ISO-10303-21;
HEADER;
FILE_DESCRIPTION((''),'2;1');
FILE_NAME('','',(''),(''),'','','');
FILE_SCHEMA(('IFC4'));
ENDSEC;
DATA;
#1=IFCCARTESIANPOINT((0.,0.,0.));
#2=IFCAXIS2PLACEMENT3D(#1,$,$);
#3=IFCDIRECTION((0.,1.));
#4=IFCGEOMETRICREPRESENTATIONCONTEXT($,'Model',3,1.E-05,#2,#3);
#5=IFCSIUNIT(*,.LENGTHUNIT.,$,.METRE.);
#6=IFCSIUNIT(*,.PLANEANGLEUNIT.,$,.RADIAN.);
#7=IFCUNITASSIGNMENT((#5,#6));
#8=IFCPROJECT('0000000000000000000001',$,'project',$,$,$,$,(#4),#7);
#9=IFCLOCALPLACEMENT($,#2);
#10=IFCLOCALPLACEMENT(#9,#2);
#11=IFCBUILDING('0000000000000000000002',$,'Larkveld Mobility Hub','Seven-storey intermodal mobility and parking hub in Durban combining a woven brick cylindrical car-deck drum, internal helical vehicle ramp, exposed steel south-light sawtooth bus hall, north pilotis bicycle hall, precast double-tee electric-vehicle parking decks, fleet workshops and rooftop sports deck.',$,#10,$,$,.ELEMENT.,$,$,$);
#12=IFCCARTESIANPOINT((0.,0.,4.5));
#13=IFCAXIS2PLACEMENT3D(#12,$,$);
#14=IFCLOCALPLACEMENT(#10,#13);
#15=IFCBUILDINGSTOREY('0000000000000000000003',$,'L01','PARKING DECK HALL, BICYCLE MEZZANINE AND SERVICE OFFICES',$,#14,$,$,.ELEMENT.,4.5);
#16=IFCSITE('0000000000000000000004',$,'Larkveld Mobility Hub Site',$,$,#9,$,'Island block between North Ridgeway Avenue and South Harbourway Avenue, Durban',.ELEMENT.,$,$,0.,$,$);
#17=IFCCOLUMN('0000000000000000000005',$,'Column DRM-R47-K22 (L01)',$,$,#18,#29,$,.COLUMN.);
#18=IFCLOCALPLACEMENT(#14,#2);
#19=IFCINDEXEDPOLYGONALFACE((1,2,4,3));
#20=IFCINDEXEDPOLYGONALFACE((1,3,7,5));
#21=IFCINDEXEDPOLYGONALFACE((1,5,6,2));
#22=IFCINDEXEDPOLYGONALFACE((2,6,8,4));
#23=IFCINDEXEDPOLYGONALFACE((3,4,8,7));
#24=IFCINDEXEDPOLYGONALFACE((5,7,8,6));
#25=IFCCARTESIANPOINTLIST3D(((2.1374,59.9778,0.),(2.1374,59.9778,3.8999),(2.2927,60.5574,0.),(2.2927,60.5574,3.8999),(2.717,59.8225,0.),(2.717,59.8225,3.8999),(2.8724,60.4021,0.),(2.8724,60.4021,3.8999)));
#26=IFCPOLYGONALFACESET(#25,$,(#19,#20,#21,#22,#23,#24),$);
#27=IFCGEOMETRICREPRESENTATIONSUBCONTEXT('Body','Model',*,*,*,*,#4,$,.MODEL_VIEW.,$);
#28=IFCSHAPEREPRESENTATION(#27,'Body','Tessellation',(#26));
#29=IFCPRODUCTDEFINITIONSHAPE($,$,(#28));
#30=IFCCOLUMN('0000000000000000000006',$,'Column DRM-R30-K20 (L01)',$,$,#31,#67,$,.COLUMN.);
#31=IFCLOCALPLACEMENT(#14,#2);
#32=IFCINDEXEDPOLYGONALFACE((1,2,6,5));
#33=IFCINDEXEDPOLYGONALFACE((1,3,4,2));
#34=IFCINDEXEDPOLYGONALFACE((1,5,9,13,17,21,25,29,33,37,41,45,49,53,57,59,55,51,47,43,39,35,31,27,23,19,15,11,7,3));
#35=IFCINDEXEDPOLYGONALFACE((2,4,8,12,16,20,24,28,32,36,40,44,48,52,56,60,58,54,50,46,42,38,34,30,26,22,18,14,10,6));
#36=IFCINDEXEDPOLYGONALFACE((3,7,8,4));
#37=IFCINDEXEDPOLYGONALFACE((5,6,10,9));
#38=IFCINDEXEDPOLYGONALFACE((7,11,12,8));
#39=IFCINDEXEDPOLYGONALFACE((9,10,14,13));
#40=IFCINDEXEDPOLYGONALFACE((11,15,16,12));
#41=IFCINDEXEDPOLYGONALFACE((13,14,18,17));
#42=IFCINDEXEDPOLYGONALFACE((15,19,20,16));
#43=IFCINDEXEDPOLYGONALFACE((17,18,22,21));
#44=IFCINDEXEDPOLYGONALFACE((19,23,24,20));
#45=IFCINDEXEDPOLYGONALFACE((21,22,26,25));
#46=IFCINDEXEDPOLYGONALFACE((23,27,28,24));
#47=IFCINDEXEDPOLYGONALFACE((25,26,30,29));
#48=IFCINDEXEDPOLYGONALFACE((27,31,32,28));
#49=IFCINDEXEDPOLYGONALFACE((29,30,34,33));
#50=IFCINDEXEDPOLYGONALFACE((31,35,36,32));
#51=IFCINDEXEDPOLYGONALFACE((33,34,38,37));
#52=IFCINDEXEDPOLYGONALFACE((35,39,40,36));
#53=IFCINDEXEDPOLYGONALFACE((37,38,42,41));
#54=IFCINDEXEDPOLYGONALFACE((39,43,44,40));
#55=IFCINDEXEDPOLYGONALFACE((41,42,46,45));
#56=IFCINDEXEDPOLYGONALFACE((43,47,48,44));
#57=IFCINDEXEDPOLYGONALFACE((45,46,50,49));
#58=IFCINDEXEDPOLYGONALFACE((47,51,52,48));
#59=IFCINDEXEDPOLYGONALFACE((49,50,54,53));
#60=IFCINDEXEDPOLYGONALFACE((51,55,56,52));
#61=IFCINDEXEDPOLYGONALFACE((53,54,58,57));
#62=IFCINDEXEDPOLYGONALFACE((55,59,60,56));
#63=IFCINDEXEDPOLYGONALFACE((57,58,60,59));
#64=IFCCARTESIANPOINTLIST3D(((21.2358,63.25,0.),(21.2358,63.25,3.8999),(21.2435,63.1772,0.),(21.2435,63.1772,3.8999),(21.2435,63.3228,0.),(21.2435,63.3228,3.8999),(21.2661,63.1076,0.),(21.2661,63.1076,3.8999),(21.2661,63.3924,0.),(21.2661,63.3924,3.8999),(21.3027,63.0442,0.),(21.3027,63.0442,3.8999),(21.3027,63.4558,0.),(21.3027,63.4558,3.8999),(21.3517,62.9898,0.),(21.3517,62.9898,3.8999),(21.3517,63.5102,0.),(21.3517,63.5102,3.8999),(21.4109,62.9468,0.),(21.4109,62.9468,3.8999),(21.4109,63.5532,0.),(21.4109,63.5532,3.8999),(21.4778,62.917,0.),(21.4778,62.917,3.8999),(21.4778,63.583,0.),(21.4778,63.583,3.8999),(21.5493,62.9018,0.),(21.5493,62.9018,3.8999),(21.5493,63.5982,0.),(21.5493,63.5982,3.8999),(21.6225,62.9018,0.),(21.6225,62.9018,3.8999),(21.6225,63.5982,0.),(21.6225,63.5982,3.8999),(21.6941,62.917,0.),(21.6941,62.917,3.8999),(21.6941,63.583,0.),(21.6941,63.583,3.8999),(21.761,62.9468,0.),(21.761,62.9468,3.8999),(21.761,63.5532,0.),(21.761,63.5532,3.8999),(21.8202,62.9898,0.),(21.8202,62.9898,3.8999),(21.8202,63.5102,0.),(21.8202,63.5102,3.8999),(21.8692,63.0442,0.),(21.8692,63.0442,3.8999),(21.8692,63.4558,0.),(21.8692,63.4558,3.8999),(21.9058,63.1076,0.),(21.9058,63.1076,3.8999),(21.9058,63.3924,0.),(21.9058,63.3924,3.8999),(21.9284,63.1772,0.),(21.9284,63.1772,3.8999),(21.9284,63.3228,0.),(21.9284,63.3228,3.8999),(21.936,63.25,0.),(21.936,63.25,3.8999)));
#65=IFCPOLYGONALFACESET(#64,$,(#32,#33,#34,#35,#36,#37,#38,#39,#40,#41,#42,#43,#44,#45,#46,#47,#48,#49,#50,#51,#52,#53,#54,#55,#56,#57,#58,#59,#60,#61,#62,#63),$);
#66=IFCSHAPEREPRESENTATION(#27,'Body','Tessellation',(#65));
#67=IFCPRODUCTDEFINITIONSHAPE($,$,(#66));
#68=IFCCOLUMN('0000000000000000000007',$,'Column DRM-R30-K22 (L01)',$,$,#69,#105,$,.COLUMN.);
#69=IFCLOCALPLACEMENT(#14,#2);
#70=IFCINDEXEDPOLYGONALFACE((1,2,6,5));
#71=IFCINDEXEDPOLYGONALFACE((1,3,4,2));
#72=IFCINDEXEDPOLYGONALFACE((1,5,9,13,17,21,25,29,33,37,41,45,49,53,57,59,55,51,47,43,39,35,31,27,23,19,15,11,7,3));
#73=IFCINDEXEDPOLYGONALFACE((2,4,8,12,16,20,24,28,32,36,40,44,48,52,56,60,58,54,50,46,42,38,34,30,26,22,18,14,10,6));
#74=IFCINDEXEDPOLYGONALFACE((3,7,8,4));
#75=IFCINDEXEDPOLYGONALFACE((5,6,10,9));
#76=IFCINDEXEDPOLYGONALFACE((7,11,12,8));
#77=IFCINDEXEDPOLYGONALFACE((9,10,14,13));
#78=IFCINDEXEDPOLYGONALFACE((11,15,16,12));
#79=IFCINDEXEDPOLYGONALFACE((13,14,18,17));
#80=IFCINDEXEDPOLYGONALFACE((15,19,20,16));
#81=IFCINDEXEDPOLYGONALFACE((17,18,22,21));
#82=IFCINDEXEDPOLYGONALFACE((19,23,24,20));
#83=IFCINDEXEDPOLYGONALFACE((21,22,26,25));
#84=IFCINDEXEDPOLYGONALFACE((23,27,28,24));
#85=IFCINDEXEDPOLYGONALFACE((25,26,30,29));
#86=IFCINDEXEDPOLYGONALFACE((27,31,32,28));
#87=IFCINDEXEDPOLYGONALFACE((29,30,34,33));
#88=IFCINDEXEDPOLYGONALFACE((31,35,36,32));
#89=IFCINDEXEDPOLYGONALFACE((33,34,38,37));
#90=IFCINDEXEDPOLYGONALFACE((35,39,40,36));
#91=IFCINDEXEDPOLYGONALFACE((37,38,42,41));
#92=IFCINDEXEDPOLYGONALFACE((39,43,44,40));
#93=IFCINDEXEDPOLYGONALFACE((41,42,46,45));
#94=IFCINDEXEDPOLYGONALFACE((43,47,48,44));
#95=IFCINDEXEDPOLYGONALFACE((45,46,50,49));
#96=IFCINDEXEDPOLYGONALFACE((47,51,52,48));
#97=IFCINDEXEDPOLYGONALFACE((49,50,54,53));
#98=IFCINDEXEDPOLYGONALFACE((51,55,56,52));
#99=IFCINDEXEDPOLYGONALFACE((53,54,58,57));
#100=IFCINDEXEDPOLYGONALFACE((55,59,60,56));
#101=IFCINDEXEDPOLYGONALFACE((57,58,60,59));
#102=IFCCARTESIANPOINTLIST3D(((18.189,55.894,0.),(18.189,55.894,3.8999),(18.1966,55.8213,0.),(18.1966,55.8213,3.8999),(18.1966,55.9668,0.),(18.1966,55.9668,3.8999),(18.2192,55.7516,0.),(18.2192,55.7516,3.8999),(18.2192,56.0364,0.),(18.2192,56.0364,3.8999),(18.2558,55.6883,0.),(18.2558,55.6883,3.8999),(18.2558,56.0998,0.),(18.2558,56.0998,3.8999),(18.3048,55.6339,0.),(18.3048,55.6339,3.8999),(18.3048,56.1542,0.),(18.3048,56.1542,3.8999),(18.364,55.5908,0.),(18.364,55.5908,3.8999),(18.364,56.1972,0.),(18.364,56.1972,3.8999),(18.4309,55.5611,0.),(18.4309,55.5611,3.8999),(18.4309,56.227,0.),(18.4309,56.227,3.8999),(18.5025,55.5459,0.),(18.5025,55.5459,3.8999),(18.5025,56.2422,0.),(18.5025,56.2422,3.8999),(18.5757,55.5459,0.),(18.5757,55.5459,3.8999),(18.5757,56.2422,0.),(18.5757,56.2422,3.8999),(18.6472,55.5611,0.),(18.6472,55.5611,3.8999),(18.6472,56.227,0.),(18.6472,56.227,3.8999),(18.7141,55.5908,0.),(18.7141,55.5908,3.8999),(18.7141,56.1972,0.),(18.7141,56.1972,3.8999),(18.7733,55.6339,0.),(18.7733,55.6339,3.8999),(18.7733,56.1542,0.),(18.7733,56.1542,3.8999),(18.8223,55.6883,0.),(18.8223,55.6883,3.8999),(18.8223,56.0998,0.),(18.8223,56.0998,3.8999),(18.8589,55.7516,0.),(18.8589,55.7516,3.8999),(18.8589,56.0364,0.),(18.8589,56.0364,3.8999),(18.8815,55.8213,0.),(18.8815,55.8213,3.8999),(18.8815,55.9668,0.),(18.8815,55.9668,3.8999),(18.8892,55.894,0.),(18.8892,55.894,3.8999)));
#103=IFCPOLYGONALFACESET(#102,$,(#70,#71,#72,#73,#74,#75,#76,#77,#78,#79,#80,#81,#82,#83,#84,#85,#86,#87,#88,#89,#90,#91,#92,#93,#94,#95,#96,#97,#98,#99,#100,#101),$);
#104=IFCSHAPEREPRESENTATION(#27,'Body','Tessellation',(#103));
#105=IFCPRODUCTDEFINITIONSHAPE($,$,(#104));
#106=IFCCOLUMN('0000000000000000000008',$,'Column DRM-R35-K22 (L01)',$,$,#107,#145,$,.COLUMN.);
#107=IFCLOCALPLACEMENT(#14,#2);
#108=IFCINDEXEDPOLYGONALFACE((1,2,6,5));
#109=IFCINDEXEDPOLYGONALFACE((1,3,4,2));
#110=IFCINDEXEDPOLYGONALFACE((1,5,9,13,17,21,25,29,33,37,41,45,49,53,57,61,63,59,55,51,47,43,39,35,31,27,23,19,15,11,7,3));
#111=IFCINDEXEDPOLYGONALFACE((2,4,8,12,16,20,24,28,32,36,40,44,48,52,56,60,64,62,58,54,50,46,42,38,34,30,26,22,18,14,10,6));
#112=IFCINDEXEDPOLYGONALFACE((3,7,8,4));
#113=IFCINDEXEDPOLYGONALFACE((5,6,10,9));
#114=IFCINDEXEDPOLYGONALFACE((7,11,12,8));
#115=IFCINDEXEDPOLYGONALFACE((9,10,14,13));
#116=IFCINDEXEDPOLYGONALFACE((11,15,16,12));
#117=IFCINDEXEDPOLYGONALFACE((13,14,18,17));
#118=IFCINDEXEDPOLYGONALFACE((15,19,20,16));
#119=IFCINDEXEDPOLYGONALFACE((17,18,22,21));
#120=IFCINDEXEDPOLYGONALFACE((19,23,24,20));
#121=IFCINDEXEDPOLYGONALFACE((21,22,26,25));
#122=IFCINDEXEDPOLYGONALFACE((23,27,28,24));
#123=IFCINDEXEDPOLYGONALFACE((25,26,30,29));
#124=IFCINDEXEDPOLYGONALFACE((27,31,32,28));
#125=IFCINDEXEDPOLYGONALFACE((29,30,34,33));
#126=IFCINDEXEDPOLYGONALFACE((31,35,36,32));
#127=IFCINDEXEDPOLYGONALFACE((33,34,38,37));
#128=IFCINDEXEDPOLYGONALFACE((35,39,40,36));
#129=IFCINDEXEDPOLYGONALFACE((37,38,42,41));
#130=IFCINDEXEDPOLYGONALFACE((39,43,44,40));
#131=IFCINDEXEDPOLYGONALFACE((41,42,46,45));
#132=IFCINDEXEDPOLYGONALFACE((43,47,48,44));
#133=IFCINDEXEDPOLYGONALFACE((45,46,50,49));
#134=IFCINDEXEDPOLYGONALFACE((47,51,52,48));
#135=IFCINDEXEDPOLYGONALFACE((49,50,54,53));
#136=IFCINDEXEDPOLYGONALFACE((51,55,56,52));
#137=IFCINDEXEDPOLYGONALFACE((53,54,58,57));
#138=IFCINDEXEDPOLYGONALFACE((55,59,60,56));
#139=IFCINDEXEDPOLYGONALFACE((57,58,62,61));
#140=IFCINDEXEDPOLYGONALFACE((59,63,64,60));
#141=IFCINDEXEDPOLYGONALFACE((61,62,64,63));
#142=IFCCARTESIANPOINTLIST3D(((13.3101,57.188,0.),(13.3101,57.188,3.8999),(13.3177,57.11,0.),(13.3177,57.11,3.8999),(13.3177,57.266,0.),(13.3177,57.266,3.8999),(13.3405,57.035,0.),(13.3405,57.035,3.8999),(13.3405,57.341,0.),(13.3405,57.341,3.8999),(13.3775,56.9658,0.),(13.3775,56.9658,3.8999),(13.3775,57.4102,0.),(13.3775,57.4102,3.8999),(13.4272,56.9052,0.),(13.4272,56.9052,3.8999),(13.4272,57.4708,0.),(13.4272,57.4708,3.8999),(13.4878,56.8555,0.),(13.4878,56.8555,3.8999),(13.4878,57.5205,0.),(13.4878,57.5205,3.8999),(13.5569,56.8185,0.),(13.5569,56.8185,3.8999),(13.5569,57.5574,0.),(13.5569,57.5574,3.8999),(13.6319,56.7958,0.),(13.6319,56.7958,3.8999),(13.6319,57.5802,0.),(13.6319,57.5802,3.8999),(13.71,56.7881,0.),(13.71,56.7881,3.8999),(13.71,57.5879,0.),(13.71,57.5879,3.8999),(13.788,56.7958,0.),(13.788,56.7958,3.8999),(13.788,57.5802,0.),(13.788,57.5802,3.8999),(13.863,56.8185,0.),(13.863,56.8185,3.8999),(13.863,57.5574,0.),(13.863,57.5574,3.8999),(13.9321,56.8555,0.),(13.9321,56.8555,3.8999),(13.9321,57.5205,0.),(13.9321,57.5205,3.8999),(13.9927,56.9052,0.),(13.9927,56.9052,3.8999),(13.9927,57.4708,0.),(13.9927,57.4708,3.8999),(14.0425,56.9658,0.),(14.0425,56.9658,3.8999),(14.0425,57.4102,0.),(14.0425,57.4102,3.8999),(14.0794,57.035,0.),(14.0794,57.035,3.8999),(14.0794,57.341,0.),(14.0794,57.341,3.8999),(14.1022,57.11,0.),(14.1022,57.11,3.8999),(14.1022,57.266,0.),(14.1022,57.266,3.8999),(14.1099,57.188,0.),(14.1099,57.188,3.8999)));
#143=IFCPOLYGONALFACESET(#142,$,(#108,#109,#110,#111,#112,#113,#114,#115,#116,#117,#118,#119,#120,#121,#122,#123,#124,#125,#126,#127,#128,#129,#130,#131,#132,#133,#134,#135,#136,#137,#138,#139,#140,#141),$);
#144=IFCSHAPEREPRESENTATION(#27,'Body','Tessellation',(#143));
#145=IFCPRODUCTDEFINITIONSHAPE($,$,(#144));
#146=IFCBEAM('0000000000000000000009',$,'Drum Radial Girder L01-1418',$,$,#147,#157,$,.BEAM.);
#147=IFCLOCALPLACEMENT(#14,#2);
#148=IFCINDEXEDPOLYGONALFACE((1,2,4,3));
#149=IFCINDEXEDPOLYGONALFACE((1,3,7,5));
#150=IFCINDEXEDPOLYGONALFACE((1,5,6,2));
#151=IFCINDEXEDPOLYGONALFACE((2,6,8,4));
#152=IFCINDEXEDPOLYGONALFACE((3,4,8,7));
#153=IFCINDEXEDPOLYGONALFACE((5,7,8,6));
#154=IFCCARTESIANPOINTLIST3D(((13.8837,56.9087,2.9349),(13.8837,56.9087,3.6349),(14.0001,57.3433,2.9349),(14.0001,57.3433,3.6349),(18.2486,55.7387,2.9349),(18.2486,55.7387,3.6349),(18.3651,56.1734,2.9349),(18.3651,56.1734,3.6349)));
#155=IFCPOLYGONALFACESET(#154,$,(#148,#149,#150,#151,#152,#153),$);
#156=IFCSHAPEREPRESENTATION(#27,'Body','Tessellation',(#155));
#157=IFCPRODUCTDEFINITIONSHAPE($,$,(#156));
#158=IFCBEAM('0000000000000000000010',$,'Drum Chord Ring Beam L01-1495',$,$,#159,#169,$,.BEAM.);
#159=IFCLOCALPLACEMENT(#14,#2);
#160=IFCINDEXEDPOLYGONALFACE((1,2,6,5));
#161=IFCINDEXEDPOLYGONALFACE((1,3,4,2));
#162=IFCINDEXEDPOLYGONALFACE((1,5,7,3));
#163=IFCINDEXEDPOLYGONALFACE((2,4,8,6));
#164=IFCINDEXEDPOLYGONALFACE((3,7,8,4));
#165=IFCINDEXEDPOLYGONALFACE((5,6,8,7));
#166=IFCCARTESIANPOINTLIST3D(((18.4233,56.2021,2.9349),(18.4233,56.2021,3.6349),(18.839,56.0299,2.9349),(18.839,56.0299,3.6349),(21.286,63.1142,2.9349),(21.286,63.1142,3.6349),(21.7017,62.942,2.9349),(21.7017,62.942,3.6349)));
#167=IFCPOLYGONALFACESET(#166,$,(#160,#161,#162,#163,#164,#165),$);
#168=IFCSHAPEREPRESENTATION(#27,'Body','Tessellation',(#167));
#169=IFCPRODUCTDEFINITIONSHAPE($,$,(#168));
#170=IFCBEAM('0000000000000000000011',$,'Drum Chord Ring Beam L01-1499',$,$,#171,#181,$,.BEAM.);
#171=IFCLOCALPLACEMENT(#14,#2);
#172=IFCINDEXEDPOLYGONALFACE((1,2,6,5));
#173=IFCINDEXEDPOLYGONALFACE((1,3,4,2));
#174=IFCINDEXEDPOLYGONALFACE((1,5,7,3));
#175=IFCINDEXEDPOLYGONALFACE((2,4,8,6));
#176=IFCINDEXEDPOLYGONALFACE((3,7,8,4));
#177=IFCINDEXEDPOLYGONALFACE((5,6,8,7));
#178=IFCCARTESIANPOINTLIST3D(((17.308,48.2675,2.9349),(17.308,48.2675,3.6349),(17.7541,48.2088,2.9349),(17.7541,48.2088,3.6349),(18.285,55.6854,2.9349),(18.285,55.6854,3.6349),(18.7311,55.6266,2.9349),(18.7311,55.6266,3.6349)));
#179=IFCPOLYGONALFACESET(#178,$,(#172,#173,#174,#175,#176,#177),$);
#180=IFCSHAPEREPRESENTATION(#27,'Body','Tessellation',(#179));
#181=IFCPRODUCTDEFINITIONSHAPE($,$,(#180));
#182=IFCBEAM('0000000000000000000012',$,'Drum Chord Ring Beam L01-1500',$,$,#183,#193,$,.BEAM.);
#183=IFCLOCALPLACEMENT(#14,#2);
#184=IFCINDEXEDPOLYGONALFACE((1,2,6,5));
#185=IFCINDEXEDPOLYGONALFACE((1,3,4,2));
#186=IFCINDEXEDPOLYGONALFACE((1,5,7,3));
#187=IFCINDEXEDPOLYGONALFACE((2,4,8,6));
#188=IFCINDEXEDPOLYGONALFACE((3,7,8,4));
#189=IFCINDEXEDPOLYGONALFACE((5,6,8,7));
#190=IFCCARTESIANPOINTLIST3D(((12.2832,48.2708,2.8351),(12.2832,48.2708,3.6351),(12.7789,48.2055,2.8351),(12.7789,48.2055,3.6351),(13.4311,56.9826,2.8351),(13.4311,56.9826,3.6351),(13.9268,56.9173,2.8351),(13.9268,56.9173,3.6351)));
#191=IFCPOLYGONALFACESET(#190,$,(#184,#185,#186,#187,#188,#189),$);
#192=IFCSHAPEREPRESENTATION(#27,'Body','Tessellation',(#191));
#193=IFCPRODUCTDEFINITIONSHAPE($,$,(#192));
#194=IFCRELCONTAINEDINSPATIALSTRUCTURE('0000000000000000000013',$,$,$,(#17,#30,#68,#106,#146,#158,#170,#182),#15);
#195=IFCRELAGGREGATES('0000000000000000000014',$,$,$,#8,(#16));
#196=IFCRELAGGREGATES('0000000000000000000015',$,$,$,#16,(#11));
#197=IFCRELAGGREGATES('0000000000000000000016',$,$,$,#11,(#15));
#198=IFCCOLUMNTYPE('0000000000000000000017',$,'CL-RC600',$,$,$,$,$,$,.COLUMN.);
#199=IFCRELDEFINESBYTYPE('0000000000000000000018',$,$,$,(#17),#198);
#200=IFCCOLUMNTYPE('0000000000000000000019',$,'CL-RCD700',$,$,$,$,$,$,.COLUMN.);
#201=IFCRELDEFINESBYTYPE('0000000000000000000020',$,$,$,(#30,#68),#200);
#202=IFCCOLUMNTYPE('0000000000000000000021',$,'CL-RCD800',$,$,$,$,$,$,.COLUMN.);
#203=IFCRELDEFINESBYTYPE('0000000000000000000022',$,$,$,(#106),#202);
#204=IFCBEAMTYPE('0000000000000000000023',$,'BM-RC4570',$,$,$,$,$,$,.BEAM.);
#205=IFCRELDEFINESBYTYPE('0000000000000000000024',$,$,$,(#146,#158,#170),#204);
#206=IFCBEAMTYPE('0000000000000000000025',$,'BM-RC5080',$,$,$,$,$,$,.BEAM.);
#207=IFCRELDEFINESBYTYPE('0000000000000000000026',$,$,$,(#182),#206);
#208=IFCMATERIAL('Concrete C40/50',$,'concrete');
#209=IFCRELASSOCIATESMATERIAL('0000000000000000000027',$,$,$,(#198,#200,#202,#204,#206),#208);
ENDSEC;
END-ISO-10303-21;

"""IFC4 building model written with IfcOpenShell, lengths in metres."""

from ifc_helpers import new_model, si_unit, direction, frame, origin, origin_2d, place, context, subcontext, project, spatial, rectangle, circle, extrude, material, material_profile, profile_set, type_object, element, save


model = new_model("IFC4")

# Units and contexts
model_context = context("Model", 3, precision=1e-05, world=origin(), true_north=direction((0.0, 1.0)))
body_context = subcontext(model_context, "Body", "Model", "MODEL_VIEW")
ifc_project = project(units=[si_unit("LENGTHUNIT", "METRE"), si_unit("PLANEANGLEUNIT", "RADIAN")], contexts=[model_context])

# Site, building, storey
site_placement = place(None, origin())
site = spatial("IfcSite", under=ifc_project, at=site_placement, Name="Larkveld Mobility Hub Site", LongName="Island block between North Ridgeway Avenue and South Harbourway Avenue, Durban", CompositionType="ELEMENT", RefElevation=0.0)
building_placement = place(site_placement, origin())
building = spatial("IfcBuilding", under=site, at=building_placement, Name="Larkveld Mobility Hub", Description="Seven-storey intermodal mobility and parking hub in Durban combining a woven brick cylindrical car-deck drum, internal helical vehicle ramp, exposed steel south-light sawtooth bus hall, north pilotis bicycle hall, precast double-tee electric-vehicle parking decks, fleet workshops and rooftop sports deck.", CompositionType="ELEMENT")
storey_placement = place(building_placement, frame((0.0, 0.0, 4.5)))
storey = spatial("IfcBuildingStorey", under=building, at=storey_placement, Name="L01", Description="PARKING DECK HALL, BICYCLE MEZZANINE AND SERVICE OFFICES", CompositionType="ELEMENT", Elevation=4.5)

# Columns
ifc_material_1 = material(Name="Concrete C40/50", Category="concrete")
ifc_material_profile_1 = material_profile(ifc_material_1, rectangle(XDim=0.6001, YDim=0.6001, at=origin_2d()), Name="RC COL 600x600")
ifc_profile_set_1 = profile_set([ifc_material_profile_1], Name="Concrete C40/50")
column_type_1 = type_object("IfcColumnType", Name="CL-RC600", PredefinedType="COLUMN", material=ifc_profile_set_1)
column_1_placement = place(storey_placement, frame((2.5049, 60.1899, 0.0), z_axis=(0.0, 0.0, 1.0), x_axis=(-0.965926, 0.258819, 0.0)))
element("IfcColumn", 1, at=column_1_placement, inside=storey, type_object=column_type_1, Name="Column DRM-R47-K22 (L01)", PredefinedType="COLUMN", context=body_context, shape_type="SweptSolid", body=[
    extrude(rectangle(XDim=0.6001, YDim=0.6001, at=origin_2d()), origin(), (0.0, 0.0, 1.0), 3.8999),
])
ifc_material_profile_2 = material_profile(ifc_material_1, circle(Radius=0.3501, at=origin_2d()), Name="RC COL D700")
ifc_profile_set_2 = profile_set([ifc_material_profile_2], Name="Concrete C40/50")
column_type_2 = type_object("IfcColumnType", Name="CL-RCD700", PredefinedType="COLUMN", material=ifc_profile_set_2)
for number, where, z_axis, x_axis, name in (
    (2, (21.5859, 63.25, 0.0), (0.0, 0.0, 1.0), (1.0, 0.0, 0.0), "Column DRM-R30-K20 (L01)"),
    (3, (18.5391, 55.894, 0.0), (0.0, 0.0, 1.0), (1.0, 0.0, 0.0), "Column DRM-R30-K22 (L01)"),
):
    element("IfcColumn", number, at=place(storey_placement, frame(where, z_axis=z_axis, x_axis=x_axis)), inside=storey, type_object=column_type_2, Name=name, PredefinedType="COLUMN", context=body_context, shape_type="SweptSolid", body=[
        extrude(circle(Radius=0.3501, at=origin_2d()), origin(), (0.0, 0.0, 1.0), 3.8999),
    ])
ifc_material_profile_3 = material_profile(ifc_material_1, circle(Radius=0.3999, at=origin_2d()), Name="RC COL D800")
ifc_profile_set_3 = profile_set([ifc_material_profile_3], Name="Concrete C40/50")
column_type_3 = type_object("IfcColumnType", Name="CL-RCD800", PredefinedType="COLUMN", material=ifc_profile_set_3)
column_2_placement = place(storey_placement, frame((13.71, 57.188, 0.0), z_axis=(0.0, 0.0, 1.0), x_axis=(1.0, 0.0, 0.0)))
element("IfcColumn", 4, at=column_2_placement, inside=storey, type_object=column_type_3, Name="Column DRM-R35-K22 (L01)", PredefinedType="COLUMN", context=body_context, shape_type="SweptSolid", body=[
    extrude(circle(Radius=0.3999, at=origin_2d()), origin(), (0.0, 0.0, 1.0), 3.8999),
])

# Beams
ifc_material_profile_4 = material_profile(ifc_material_1, rectangle(XDim=0.45, YDim=0.7, at=origin_2d()), Name="RC BM 450x700")
ifc_profile_set_4 = profile_set([ifc_material_profile_4], Name="Concrete C40/50")
beam_type_1 = type_object("IfcBeamType", Name="BM-RC4570", PredefinedType="BEAM", material=ifc_profile_set_4)
beam_1_placement = place(storey_placement, frame((18.3069, 55.9561, 3.2849), z_axis=(-0.965908, 0.258886, 0.0), x_axis=(-0.258886, -0.965908, 0.0)))
element("IfcBeam", 5, at=beam_1_placement, inside=storey, type_object=beam_type_1, Name="Drum Radial Girder L01-1418", PredefinedType="BEAM", context=body_context, shape_type="SweptSolid", body=[
    extrude(rectangle(XDim=0.45, YDim=0.7, at=origin_2d()), origin(), (0.0, 0.0, 1.0), 4.519),
])
beam_2_placement = place(storey_placement, frame((21.4939, 63.0281, 3.2849), z_axis=(-0.38265, -0.923894, 0.0), x_axis=(0.923894, -0.38265, 0.0)))
element("IfcBeam", 6, at=beam_2_placement, inside=storey, type_object=beam_type_1, Name="Drum Chord Ring Beam L01-1495", PredefinedType="BEAM", context=body_context, shape_type="SweptSolid", body=[
    extrude(rectangle(XDim=0.45, YDim=0.7, at=origin_2d()), origin(), (0.0, 0.0, 1.0), 7.4814),
])
beam_3_placement = place(storey_placement, frame((18.5081, 55.656, 3.2849), z_axis=(-0.130586, -0.991437, 0.0), x_axis=(0.991437, -0.130586, 0.0)))
element("IfcBeam", 7, at=beam_3_placement, inside=storey, type_object=beam_type_1, Name="Drum Chord Ring Beam L01-1499", PredefinedType="BEAM", context=body_context, shape_type="SweptSolid", body=[
    extrude(rectangle(XDim=0.45, YDim=0.7, at=origin_2d()), origin(), (0.0, 0.0, 1.0), 7.4819),
])
ifc_material_profile_5 = material_profile(ifc_material_1, rectangle(XDim=0.5, YDim=0.8, at=origin_2d()), Name="RC BM 500x800")
ifc_profile_set_5 = profile_set([ifc_material_profile_5], Name="Concrete C40/50")
beam_type_2 = type_object("IfcBeamType", Name="BM-RC5080", PredefinedType="BEAM", material=ifc_profile_set_5)
beam_4_placement = place(storey_placement, frame((13.679, 56.95, 3.2351), z_axis=(-0.130638, -0.99143, 0.0), x_axis=(0.99143, -0.130638, 0.0)))
element("IfcBeam", 8, at=beam_4_placement, inside=storey, type_object=beam_type_2, Name="Drum Chord Ring Beam L01-1500", PredefinedType="BEAM", context=body_context, shape_type="SweptSolid", body=[
    extrude(rectangle(XDim=0.5, YDim=0.8, at=origin_2d()), origin(), (0.0, 0.0, 1.0), 8.7871),
])

save(model, "model.ifc")
